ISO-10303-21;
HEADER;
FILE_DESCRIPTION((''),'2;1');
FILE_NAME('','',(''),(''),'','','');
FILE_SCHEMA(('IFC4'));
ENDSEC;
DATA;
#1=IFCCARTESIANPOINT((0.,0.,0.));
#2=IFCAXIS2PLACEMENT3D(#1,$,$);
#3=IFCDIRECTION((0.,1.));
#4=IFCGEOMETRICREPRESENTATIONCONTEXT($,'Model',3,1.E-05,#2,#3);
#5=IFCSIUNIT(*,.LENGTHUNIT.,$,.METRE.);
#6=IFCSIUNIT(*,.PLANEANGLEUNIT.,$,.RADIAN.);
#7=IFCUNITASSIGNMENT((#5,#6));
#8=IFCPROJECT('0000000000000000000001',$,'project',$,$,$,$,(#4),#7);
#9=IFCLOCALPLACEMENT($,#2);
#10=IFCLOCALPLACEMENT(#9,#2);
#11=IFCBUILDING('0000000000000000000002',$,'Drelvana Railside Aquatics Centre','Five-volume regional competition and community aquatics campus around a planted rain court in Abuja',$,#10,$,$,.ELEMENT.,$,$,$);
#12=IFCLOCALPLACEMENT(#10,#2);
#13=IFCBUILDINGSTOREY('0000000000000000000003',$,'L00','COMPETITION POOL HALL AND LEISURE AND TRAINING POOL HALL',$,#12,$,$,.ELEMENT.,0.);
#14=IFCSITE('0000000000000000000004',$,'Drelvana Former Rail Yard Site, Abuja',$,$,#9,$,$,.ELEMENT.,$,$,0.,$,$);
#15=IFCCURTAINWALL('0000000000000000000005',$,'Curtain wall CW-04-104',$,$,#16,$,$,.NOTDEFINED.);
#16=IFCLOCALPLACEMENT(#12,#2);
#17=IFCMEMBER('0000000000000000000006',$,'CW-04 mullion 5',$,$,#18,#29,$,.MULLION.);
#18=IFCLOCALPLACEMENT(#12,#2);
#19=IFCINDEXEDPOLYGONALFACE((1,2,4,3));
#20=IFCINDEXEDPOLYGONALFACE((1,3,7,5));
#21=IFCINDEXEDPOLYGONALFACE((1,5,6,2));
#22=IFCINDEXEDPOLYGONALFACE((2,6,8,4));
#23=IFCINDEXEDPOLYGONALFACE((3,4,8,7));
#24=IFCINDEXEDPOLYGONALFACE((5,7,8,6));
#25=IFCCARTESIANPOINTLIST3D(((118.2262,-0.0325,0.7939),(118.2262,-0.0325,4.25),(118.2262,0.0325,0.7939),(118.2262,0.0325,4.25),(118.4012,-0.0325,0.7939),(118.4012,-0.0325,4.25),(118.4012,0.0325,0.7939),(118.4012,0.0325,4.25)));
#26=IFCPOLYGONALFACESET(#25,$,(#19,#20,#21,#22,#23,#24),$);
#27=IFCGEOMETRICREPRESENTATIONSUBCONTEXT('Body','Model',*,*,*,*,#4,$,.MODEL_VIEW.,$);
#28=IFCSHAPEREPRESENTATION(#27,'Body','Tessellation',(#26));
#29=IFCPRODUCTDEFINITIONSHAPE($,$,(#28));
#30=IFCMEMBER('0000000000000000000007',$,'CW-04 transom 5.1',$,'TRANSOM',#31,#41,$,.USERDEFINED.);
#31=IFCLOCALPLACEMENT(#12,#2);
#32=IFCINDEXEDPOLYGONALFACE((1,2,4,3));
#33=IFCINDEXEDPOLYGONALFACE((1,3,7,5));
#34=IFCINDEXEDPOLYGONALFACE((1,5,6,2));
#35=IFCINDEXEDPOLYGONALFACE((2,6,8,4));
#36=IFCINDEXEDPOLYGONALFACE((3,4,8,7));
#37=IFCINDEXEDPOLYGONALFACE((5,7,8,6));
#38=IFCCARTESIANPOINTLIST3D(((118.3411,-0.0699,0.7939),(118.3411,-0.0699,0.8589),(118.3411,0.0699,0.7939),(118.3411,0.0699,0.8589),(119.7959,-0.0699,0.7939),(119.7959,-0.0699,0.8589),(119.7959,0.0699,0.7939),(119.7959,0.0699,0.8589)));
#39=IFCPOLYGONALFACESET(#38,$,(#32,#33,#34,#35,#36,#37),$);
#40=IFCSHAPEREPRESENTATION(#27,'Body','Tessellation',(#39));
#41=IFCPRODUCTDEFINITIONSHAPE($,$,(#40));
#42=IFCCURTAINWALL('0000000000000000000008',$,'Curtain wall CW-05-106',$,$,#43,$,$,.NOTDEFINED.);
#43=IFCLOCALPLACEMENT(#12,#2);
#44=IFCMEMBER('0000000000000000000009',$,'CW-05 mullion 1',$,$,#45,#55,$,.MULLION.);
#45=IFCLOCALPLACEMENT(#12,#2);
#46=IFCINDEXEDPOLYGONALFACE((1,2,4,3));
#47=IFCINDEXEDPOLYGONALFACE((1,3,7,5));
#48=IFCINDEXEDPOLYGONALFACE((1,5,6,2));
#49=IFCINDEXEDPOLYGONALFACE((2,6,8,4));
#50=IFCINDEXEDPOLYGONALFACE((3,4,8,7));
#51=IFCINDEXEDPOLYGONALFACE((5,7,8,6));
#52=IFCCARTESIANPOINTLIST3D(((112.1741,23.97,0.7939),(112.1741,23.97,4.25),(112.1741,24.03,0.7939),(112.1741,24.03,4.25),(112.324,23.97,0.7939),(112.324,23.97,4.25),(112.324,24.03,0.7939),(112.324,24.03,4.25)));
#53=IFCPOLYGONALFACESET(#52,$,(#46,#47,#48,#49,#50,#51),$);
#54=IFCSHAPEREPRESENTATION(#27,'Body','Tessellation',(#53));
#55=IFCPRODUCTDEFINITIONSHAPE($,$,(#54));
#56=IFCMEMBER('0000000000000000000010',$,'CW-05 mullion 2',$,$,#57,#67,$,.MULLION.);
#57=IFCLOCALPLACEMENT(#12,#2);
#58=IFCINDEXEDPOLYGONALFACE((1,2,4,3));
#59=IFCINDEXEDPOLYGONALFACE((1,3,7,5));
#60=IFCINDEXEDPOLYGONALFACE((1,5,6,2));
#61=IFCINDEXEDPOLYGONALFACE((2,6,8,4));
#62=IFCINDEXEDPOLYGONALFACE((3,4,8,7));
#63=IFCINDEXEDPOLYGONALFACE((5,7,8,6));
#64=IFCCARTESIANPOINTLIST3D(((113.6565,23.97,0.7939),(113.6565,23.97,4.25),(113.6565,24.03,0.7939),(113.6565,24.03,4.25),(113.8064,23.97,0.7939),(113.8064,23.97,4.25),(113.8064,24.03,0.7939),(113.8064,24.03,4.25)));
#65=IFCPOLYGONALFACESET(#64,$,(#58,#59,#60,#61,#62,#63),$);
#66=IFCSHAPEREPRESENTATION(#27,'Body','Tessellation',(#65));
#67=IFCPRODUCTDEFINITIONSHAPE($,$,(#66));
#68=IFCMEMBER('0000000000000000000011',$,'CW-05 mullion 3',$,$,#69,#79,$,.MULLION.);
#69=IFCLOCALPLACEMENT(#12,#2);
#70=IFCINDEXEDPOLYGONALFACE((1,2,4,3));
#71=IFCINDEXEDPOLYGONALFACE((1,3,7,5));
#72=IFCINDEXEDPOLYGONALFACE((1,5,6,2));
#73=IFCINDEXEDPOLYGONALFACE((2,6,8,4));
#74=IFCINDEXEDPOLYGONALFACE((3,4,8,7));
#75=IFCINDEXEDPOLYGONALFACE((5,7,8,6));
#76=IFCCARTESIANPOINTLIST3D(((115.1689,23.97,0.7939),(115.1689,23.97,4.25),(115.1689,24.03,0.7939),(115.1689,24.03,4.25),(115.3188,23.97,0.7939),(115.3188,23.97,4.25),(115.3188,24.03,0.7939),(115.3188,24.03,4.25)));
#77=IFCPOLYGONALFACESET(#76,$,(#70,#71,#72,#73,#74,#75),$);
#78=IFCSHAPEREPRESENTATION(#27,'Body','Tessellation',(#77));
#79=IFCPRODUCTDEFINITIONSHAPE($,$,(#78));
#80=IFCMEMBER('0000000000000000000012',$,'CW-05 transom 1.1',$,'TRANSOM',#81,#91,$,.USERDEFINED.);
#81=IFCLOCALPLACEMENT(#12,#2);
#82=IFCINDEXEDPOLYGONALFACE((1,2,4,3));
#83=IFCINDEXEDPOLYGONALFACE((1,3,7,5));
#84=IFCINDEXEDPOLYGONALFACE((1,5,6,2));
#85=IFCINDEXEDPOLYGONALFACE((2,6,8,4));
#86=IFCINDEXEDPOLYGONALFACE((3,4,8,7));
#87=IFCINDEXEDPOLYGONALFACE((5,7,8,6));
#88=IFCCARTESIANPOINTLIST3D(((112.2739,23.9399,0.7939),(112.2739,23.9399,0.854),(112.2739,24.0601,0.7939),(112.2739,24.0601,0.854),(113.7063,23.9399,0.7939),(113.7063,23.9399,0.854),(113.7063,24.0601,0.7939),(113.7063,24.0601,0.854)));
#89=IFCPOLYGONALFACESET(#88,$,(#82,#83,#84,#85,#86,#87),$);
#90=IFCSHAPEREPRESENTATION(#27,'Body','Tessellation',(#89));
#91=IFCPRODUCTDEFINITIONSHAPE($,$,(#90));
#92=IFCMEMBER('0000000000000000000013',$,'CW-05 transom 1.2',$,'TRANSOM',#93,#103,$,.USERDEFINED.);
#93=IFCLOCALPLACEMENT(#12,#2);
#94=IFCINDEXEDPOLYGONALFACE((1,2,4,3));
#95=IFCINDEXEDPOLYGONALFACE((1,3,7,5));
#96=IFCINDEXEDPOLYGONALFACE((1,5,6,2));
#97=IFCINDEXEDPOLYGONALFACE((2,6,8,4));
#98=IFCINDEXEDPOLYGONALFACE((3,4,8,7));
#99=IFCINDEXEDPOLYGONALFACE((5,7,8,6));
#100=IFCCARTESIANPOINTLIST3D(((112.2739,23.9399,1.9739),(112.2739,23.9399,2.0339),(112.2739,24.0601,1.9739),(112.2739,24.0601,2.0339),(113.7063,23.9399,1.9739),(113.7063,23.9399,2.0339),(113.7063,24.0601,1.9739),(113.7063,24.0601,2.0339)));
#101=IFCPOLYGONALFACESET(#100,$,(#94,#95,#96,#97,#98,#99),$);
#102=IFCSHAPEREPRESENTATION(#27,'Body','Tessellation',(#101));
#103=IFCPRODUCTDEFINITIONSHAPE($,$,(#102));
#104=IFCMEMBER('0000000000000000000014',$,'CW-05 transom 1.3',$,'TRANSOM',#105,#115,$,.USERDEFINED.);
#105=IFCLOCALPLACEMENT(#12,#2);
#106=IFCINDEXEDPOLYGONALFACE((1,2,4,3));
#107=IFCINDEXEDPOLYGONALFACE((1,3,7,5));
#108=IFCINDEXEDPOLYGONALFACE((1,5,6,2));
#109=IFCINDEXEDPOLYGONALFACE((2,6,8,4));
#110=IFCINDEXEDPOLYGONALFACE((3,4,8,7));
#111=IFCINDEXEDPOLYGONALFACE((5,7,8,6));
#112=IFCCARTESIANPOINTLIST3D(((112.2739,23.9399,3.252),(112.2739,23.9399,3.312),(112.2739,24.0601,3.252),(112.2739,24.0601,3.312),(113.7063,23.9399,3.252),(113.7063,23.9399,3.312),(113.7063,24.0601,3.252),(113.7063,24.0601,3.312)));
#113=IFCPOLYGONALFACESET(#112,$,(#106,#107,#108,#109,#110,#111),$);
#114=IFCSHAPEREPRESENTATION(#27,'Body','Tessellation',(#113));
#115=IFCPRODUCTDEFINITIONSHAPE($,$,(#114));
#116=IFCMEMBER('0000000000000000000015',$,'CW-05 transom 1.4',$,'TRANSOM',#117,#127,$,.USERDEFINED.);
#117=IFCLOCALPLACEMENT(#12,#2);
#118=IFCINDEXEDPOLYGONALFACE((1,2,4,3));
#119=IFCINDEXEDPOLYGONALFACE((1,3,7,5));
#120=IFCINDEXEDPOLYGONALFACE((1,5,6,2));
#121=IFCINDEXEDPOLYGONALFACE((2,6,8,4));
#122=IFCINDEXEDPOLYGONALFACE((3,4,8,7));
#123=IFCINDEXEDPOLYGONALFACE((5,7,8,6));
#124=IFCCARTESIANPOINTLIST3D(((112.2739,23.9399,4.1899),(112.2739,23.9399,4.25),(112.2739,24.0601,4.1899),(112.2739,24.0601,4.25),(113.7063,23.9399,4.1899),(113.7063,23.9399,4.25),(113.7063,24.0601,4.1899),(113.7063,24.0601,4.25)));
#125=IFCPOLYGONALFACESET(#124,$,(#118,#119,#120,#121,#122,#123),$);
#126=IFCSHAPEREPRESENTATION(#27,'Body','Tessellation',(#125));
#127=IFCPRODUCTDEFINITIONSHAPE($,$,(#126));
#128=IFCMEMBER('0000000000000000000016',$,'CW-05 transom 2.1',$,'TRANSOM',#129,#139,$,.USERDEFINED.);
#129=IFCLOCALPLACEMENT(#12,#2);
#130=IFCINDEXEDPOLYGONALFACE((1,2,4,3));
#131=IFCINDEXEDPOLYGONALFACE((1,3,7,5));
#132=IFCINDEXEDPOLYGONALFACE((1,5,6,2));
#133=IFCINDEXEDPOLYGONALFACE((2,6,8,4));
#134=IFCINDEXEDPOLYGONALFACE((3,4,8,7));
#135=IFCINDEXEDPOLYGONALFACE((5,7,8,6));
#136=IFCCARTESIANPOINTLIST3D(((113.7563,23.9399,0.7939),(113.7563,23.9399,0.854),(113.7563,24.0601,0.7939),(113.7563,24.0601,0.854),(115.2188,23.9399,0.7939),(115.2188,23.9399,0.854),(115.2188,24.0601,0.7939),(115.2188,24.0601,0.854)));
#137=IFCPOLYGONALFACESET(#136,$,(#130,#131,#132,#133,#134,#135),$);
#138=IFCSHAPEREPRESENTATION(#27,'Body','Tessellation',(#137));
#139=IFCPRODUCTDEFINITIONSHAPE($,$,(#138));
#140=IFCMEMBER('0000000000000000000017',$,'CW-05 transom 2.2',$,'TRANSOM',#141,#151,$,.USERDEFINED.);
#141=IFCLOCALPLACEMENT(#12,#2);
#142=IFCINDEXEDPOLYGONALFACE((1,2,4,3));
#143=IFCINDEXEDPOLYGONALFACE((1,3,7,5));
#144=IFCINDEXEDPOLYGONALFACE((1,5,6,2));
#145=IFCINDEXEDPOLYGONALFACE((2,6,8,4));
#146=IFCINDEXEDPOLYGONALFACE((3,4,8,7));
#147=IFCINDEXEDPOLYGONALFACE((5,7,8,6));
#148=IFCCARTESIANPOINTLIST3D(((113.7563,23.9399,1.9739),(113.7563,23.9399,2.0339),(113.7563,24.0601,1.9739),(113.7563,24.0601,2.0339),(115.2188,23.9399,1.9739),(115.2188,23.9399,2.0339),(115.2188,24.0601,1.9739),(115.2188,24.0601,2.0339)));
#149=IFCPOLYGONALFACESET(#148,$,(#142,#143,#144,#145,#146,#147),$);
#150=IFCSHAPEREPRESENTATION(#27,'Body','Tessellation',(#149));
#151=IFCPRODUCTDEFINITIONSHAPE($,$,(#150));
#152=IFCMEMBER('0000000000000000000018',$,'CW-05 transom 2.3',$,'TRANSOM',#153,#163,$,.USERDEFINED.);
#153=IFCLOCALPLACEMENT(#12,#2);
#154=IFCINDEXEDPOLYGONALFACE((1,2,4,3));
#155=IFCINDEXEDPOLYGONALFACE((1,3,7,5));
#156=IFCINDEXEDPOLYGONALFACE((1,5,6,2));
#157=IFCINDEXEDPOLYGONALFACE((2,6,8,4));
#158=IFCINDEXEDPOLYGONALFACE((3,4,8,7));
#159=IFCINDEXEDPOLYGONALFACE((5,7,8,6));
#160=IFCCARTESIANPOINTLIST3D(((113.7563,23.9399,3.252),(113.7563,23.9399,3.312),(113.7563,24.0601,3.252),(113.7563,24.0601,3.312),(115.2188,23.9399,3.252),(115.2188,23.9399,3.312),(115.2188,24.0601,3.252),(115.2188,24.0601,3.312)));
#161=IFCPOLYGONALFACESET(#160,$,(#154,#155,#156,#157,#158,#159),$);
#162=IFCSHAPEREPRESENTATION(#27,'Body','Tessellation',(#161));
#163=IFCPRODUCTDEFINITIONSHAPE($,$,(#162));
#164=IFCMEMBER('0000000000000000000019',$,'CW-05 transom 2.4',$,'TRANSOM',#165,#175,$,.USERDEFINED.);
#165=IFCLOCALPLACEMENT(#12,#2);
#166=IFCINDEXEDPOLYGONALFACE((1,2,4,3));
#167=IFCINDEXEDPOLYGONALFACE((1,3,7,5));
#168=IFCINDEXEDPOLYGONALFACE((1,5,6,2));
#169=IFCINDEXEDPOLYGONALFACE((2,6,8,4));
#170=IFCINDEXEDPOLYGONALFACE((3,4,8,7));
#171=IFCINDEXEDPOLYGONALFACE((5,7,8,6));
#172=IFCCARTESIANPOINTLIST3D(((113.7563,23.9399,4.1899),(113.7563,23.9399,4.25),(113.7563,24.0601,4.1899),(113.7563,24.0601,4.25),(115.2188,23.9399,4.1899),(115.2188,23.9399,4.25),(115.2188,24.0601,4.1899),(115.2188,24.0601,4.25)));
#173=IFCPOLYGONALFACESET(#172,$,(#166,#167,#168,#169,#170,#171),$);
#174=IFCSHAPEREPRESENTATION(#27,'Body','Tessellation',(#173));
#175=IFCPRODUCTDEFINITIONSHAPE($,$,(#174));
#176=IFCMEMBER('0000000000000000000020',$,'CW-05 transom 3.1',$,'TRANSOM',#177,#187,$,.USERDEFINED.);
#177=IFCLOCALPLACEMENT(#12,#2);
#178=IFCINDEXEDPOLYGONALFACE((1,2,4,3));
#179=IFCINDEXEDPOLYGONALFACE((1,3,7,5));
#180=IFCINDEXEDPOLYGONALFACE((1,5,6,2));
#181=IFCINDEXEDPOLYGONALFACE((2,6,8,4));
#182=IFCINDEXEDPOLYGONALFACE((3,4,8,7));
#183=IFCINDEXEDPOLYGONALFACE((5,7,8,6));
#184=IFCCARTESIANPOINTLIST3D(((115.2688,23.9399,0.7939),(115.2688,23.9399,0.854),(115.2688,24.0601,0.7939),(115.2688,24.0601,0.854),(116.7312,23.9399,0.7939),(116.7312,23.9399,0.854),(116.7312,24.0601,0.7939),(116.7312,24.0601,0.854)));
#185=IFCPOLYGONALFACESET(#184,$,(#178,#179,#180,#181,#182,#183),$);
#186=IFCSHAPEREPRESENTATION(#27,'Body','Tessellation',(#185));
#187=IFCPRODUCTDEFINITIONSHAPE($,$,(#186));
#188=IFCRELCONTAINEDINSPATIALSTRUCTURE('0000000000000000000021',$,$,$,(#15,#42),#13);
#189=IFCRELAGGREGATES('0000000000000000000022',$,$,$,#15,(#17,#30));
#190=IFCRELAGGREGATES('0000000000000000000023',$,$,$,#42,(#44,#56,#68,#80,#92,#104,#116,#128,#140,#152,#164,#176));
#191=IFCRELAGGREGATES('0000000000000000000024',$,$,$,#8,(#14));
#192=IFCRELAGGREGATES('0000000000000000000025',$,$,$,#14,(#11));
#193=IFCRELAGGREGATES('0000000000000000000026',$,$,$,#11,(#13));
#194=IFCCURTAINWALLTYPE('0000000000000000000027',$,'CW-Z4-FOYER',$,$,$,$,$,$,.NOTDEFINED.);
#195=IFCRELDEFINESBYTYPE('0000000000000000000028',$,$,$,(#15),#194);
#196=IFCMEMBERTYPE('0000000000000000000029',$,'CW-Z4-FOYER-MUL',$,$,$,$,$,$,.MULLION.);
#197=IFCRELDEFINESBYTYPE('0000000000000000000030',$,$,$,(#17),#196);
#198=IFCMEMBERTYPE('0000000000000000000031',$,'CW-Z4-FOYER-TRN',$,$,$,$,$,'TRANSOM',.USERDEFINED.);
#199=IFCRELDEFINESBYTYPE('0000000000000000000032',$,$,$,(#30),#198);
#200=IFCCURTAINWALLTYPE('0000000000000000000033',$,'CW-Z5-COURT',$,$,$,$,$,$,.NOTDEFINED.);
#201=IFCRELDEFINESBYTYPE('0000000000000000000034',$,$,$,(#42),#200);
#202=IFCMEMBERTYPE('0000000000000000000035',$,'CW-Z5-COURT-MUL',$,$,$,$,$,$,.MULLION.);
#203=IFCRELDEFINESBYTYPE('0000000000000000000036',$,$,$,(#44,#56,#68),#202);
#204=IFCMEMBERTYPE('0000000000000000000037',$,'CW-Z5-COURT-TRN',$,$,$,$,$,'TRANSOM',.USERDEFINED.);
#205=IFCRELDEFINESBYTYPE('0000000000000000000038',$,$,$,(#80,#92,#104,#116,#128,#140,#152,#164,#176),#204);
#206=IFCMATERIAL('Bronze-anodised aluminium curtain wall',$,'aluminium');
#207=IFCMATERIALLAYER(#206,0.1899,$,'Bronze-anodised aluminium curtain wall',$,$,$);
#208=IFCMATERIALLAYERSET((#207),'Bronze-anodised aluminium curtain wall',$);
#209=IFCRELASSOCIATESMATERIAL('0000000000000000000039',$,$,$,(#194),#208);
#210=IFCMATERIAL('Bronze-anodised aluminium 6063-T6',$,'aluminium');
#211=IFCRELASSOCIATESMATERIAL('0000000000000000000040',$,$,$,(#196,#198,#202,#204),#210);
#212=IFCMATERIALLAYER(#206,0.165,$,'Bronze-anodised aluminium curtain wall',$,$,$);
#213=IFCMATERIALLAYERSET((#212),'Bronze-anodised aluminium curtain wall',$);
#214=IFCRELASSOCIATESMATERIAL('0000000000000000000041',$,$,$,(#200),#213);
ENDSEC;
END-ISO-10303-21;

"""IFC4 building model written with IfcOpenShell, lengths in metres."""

from ifc_helpers import new_model, si_unit, direction, frame, origin, origin_2d, place, context, subcontext, project, spatial, rectangle, extrude, material, layer, layer_set, material_profile, profile_set, type_object, element, aggregate, save


model = new_model("IFC4")

# Units and contexts
model_context = context("Model", 3, precision=1e-05, world=origin(), true_north=direction((0.0, 1.0)))
body_context = subcontext(model_context, "Body", "Model", "MODEL_VIEW")
ifc_project = project(units=[si_unit("LENGTHUNIT", "METRE"), si_unit("PLANEANGLEUNIT", "RADIAN")], contexts=[model_context])

# Site, building, storey
site_placement = place(None, origin())
site = spatial("IfcSite", under=ifc_project, at=site_placement, Name="Drelvana Former Rail Yard Site, Abuja", CompositionType="ELEMENT", RefElevation=0.0)
building_placement = place(site_placement, origin())
building = spatial("IfcBuilding", under=site, at=building_placement, Name="Drelvana Railside Aquatics Centre", Description="Five-volume regional competition and community aquatics campus around a planted rain court in Abuja", CompositionType="ELEMENT")
storey_placement = place(building_placement, origin())
storey = spatial("IfcBuildingStorey", under=building, at=storey_placement, Name="L00", Description="COMPETITION POOL HALL AND LEISURE AND TRAINING POOL HALL", CompositionType="ELEMENT", Elevation=0.0)

# Curtain walls, members
ifc_material_1 = material(Name="Bronze-anodised aluminium curtain wall", Category="aluminium")
ifc_layer_1 = layer(ifc_material_1, 0.1899, Name="Bronze-anodised aluminium curtain wall")
ifc_layer_set_1 = layer_set([ifc_layer_1], Name="Bronze-anodised aluminium curtain wall")
curtain_wall_type_1 = type_object("IfcCurtainWallType", Name="CW-Z4-FOYER", PredefinedType="NOTDEFINED", material=ifc_layer_set_1)
curtain_wall_1_placement = place(storey_placement, origin())
curtain_wall_1 = element("IfcCurtainWall", 1, at=curtain_wall_1_placement, inside=storey, type_object=curtain_wall_type_1, Name="Curtain wall CW-04-104", PredefinedType="NOTDEFINED")
ifc_material_2 = material(Name="Bronze-anodised aluminium 6063-T6", Category="aluminium")
ifc_material_profile_1 = material_profile(ifc_material_2, rectangle(XDim=0.0649, YDim=0.175, at=origin_2d()), Name="ALU-M 65x175")
ifc_profile_set_1 = profile_set([ifc_material_profile_1], Name="Bronze-anodised aluminium 6063-T6")
member_type_1 = type_object("IfcMemberType", Name="CW-Z4-FOYER-MUL", PredefinedType="MULLION", material=ifc_profile_set_1)
member_1_placement = place(storey_placement, frame((118.3137, 0.0, 0.7939), z_axis=(0.0, 0.0, 1.0), x_axis=(0.0, 1.0, 0.0)))
member_1 = element("IfcMember", 2, at=member_1_placement, type_object=member_type_1, Name="CW-04 mullion 5", PredefinedType="MULLION", context=body_context, shape_type="SweptSolid", body=[
    extrude(rectangle(XDim=0.0649, YDim=0.175, at=origin_2d()), origin(), (0.0, 0.0, 1.0), 3.4561),
])
ifc_material_profile_2 = material_profile(ifc_material_2, rectangle(XDim=0.1399, YDim=0.0649, at=origin_2d()), Name="ALU-T 65x140")
ifc_profile_set_2 = profile_set([ifc_material_profile_2], Name="Bronze-anodised aluminium 6063-T6")
member_type_2 = type_object("IfcMemberType", Name="CW-Z4-FOYER-TRN", ElementType="TRANSOM", PredefinedType="USERDEFINED", material=ifc_profile_set_2)
member_2_placement = place(storey_placement, frame((118.3411, 0.0, 0.8264), z_axis=(1.0, 0.0, 0.0), x_axis=(0.0, 1.0, 0.0)))
member_2 = element("IfcMember", 3, at=member_2_placement, type_object=member_type_2, Name="CW-04 transom 5.1", ObjectType="TRANSOM", PredefinedType="USERDEFINED", context=body_context, shape_type="SweptSolid", body=[
    extrude(rectangle(XDim=0.1399, YDim=0.0649, at=origin_2d()), origin(), (0.0, 0.0, 1.0), 1.4548),
])
ifc_layer_2 = layer(ifc_material_1, 0.165, Name="Bronze-anodised aluminium curtain wall")
ifc_layer_set_2 = layer_set([ifc_layer_2], Name="Bronze-anodised aluminium curtain wall")
curtain_wall_type_2 = type_object("IfcCurtainWallType", Name="CW-Z5-COURT", PredefinedType="NOTDEFINED", material=ifc_layer_set_2)
curtain_wall_2_placement = place(storey_placement, origin())
curtain_wall_2 = element("IfcCurtainWall", 4, at=curtain_wall_2_placement, inside=storey, type_object=curtain_wall_type_2, Name="Curtain wall CW-05-106", PredefinedType="NOTDEFINED")
ifc_material_profile_3 = material_profile(ifc_material_2, rectangle(XDim=0.0601, YDim=0.1499, at=origin_2d()), Name="ALU-M 60x150")
ifc_profile_set_3 = profile_set([ifc_material_profile_3], Name="Bronze-anodised aluminium 6063-T6")
member_type_3 = type_object("IfcMemberType", Name="CW-Z5-COURT-MUL", PredefinedType="MULLION", material=ifc_profile_set_3)
member_3_placement = place(storey_placement, frame((112.249, 24.0, 0.7939), z_axis=(0.0, 0.0, 1.0), x_axis=(0.0, 1.0, 0.0)))
member_3 = element("IfcMember", 5, at=member_3_placement, type_object=member_type_3, Name="CW-05 mullion 1", PredefinedType="MULLION", context=body_context, shape_type="SweptSolid", body=[
    extrude(rectangle(XDim=0.0601, YDim=0.1499, at=origin_2d()), origin(), (0.0, 0.0, 1.0), 3.4561),
])
member_4_placement = place(storey_placement, frame((113.7314, 24.0, 0.7939), z_axis=(0.0, 0.0, 1.0), x_axis=(0.0, 1.0, 0.0)))
member_4 = element("IfcMember", 6, at=member_4_placement, type_object=member_type_3, Name="CW-05 mullion 2", PredefinedType="MULLION", context=body_context, shape_type="SweptSolid", body=[
    extrude(rectangle(XDim=0.0601, YDim=0.1499, at=origin_2d()), origin(), (0.0, 0.0, 1.0), 3.4561),
])
member_5_placement = place(storey_placement, frame((115.2439, 24.0, 0.7939), z_axis=(0.0, 0.0, 1.0), x_axis=(0.0, 1.0, 0.0)))
member_5 = element("IfcMember", 7, at=member_5_placement, type_object=member_type_3, Name="CW-05 mullion 3", PredefinedType="MULLION", context=body_context, shape_type="SweptSolid", body=[
    extrude(rectangle(XDim=0.0601, YDim=0.1499, at=origin_2d()), origin(), (0.0, 0.0, 1.0), 3.4561),
])
ifc_material_profile_4 = material_profile(ifc_material_2, rectangle(XDim=0.1201, YDim=0.0601, at=origin_2d()), Name="ALU-T 60x120")
ifc_profile_set_4 = profile_set([ifc_material_profile_4], Name="Bronze-anodised aluminium 6063-T6")
member_type_4 = type_object("IfcMemberType", Name="CW-Z5-COURT-TRN", ElementType="TRANSOM", PredefinedType="USERDEFINED", material=ifc_profile_set_4)
member_6_placement = place(storey_placement, frame((112.2739, 24.0, 0.824), z_axis=(1.0, 0.0, 0.0), x_axis=(0.0, 1.0, 0.0)))
member_6 = element("IfcMember", 8, at=member_6_placement, type_object=member_type_4, Name="CW-05 transom 1.1", ObjectType="TRANSOM", PredefinedType="USERDEFINED", context=body_context, shape_type="SweptSolid", body=[
    extrude(rectangle(XDim=0.1201, YDim=0.0601, at=origin_2d()), origin(), (0.0, 0.0, 1.0), 1.4324),
])
member_7_placement = place(storey_placement, frame((112.2739, 24.0, 2.0039), z_axis=(1.0, 0.0, 0.0), x_axis=(0.0, 1.0, 0.0)))
member_7 = element("IfcMember", 9, at=member_7_placement, type_object=member_type_4, Name="CW-05 transom 1.2", ObjectType="TRANSOM", PredefinedType="USERDEFINED", context=body_context, shape_type="SweptSolid", body=[
    extrude(rectangle(XDim=0.1201, YDim=0.0601, at=origin_2d()), origin(), (0.0, 0.0, 1.0), 1.4324),
])
member_8_placement = place(storey_placement, frame((112.2739, 24.0, 3.282), z_axis=(1.0, 0.0, 0.0), x_axis=(0.0, 1.0, 0.0)))
member_8 = element("IfcMember", 10, at=member_8_placement, type_object=member_type_4, Name="CW-05 transom 1.3", ObjectType="TRANSOM", PredefinedType="USERDEFINED", context=body_context, shape_type="SweptSolid", body=[
    extrude(rectangle(XDim=0.1201, YDim=0.0601, at=origin_2d()), origin(), (0.0, 0.0, 1.0), 1.4324),
])
member_9_placement = place(storey_placement, frame((112.2739, 24.0, 4.22), z_axis=(1.0, 0.0, 0.0), x_axis=(0.0, 1.0, 0.0)))
member_9 = element("IfcMember", 11, at=member_9_placement, type_object=member_type_4, Name="CW-05 transom 1.4", ObjectType="TRANSOM", PredefinedType="USERDEFINED", context=body_context, shape_type="SweptSolid", body=[
    extrude(rectangle(XDim=0.1201, YDim=0.0601, at=origin_2d()), origin(), (0.0, 0.0, 1.0), 1.4324),
])
member_10_placement = place(storey_placement, frame((113.7563, 24.0, 0.824), z_axis=(1.0, 0.0, 0.0), x_axis=(0.0, 1.0, 0.0)))
member_10 = element("IfcMember", 12, at=member_10_placement, type_object=member_type_4, Name="CW-05 transom 2.1", ObjectType="TRANSOM", PredefinedType="USERDEFINED", context=body_context, shape_type="SweptSolid", body=[
    extrude(rectangle(XDim=0.1201, YDim=0.0601, at=origin_2d()), origin(), (0.0, 0.0, 1.0), 1.4624),
])
member_11_placement = place(storey_placement, frame((113.7563, 24.0, 2.0039), z_axis=(1.0, 0.0, 0.0), x_axis=(0.0, 1.0, 0.0)))
member_11 = element("IfcMember", 13, at=member_11_placement, type_object=member_type_4, Name="CW-05 transom 2.2", ObjectType="TRANSOM", PredefinedType="USERDEFINED", context=body_context, shape_type="SweptSolid", body=[
    extrude(rectangle(XDim=0.1201, YDim=0.0601, at=origin_2d()), origin(), (0.0, 0.0, 1.0), 1.4624),
])
member_12_placement = place(storey_placement, frame((113.7563, 24.0, 3.282), z_axis=(1.0, 0.0, 0.0), x_axis=(0.0, 1.0, 0.0)))
member_12 = element("IfcMember", 14, at=member_12_placement, type_object=member_type_4, Name="CW-05 transom 2.3", ObjectType="TRANSOM", PredefinedType="USERDEFINED", context=body_context, shape_type="SweptSolid", body=[
    extrude(rectangle(XDim=0.1201, YDim=0.0601, at=origin_2d()), origin(), (0.0, 0.0, 1.0), 1.4624),
])
member_13_placement = place(storey_placement, frame((113.7563, 24.0, 4.22), z_axis=(1.0, 0.0, 0.0), x_axis=(0.0, 1.0, 0.0)))
member_13 = element("IfcMember", 15, at=member_13_placement, type_object=member_type_4, Name="CW-05 transom 2.4", ObjectType="TRANSOM", PredefinedType="USERDEFINED", context=body_context, shape_type="SweptSolid", body=[
    extrude(rectangle(XDim=0.1201, YDim=0.0601, at=origin_2d()), origin(), (0.0, 0.0, 1.0), 1.4624),
])
member_14_placement = place(storey_placement, frame((115.2688, 24.0, 0.824), z_axis=(1.0, 0.0, 0.0), x_axis=(0.0, 1.0, 0.0)))
member_14 = element("IfcMember", 16, at=member_14_placement, type_object=member_type_4, Name="CW-05 transom 3.1", ObjectType="TRANSOM", PredefinedType="USERDEFINED", context=body_context, shape_type="SweptSolid", body=[
    extrude(rectangle(XDim=0.1201, YDim=0.0601, at=origin_2d()), origin(), (0.0, 0.0, 1.0), 1.4624),
])

aggregate(curtain_wall_1, [member_1, member_2])
aggregate(curtain_wall_2, [member_3, member_4, member_5, member_6, member_7, member_8, member_9, member_10, member_11, member_12, member_13, member_14])

save(model, "model.ifc")
